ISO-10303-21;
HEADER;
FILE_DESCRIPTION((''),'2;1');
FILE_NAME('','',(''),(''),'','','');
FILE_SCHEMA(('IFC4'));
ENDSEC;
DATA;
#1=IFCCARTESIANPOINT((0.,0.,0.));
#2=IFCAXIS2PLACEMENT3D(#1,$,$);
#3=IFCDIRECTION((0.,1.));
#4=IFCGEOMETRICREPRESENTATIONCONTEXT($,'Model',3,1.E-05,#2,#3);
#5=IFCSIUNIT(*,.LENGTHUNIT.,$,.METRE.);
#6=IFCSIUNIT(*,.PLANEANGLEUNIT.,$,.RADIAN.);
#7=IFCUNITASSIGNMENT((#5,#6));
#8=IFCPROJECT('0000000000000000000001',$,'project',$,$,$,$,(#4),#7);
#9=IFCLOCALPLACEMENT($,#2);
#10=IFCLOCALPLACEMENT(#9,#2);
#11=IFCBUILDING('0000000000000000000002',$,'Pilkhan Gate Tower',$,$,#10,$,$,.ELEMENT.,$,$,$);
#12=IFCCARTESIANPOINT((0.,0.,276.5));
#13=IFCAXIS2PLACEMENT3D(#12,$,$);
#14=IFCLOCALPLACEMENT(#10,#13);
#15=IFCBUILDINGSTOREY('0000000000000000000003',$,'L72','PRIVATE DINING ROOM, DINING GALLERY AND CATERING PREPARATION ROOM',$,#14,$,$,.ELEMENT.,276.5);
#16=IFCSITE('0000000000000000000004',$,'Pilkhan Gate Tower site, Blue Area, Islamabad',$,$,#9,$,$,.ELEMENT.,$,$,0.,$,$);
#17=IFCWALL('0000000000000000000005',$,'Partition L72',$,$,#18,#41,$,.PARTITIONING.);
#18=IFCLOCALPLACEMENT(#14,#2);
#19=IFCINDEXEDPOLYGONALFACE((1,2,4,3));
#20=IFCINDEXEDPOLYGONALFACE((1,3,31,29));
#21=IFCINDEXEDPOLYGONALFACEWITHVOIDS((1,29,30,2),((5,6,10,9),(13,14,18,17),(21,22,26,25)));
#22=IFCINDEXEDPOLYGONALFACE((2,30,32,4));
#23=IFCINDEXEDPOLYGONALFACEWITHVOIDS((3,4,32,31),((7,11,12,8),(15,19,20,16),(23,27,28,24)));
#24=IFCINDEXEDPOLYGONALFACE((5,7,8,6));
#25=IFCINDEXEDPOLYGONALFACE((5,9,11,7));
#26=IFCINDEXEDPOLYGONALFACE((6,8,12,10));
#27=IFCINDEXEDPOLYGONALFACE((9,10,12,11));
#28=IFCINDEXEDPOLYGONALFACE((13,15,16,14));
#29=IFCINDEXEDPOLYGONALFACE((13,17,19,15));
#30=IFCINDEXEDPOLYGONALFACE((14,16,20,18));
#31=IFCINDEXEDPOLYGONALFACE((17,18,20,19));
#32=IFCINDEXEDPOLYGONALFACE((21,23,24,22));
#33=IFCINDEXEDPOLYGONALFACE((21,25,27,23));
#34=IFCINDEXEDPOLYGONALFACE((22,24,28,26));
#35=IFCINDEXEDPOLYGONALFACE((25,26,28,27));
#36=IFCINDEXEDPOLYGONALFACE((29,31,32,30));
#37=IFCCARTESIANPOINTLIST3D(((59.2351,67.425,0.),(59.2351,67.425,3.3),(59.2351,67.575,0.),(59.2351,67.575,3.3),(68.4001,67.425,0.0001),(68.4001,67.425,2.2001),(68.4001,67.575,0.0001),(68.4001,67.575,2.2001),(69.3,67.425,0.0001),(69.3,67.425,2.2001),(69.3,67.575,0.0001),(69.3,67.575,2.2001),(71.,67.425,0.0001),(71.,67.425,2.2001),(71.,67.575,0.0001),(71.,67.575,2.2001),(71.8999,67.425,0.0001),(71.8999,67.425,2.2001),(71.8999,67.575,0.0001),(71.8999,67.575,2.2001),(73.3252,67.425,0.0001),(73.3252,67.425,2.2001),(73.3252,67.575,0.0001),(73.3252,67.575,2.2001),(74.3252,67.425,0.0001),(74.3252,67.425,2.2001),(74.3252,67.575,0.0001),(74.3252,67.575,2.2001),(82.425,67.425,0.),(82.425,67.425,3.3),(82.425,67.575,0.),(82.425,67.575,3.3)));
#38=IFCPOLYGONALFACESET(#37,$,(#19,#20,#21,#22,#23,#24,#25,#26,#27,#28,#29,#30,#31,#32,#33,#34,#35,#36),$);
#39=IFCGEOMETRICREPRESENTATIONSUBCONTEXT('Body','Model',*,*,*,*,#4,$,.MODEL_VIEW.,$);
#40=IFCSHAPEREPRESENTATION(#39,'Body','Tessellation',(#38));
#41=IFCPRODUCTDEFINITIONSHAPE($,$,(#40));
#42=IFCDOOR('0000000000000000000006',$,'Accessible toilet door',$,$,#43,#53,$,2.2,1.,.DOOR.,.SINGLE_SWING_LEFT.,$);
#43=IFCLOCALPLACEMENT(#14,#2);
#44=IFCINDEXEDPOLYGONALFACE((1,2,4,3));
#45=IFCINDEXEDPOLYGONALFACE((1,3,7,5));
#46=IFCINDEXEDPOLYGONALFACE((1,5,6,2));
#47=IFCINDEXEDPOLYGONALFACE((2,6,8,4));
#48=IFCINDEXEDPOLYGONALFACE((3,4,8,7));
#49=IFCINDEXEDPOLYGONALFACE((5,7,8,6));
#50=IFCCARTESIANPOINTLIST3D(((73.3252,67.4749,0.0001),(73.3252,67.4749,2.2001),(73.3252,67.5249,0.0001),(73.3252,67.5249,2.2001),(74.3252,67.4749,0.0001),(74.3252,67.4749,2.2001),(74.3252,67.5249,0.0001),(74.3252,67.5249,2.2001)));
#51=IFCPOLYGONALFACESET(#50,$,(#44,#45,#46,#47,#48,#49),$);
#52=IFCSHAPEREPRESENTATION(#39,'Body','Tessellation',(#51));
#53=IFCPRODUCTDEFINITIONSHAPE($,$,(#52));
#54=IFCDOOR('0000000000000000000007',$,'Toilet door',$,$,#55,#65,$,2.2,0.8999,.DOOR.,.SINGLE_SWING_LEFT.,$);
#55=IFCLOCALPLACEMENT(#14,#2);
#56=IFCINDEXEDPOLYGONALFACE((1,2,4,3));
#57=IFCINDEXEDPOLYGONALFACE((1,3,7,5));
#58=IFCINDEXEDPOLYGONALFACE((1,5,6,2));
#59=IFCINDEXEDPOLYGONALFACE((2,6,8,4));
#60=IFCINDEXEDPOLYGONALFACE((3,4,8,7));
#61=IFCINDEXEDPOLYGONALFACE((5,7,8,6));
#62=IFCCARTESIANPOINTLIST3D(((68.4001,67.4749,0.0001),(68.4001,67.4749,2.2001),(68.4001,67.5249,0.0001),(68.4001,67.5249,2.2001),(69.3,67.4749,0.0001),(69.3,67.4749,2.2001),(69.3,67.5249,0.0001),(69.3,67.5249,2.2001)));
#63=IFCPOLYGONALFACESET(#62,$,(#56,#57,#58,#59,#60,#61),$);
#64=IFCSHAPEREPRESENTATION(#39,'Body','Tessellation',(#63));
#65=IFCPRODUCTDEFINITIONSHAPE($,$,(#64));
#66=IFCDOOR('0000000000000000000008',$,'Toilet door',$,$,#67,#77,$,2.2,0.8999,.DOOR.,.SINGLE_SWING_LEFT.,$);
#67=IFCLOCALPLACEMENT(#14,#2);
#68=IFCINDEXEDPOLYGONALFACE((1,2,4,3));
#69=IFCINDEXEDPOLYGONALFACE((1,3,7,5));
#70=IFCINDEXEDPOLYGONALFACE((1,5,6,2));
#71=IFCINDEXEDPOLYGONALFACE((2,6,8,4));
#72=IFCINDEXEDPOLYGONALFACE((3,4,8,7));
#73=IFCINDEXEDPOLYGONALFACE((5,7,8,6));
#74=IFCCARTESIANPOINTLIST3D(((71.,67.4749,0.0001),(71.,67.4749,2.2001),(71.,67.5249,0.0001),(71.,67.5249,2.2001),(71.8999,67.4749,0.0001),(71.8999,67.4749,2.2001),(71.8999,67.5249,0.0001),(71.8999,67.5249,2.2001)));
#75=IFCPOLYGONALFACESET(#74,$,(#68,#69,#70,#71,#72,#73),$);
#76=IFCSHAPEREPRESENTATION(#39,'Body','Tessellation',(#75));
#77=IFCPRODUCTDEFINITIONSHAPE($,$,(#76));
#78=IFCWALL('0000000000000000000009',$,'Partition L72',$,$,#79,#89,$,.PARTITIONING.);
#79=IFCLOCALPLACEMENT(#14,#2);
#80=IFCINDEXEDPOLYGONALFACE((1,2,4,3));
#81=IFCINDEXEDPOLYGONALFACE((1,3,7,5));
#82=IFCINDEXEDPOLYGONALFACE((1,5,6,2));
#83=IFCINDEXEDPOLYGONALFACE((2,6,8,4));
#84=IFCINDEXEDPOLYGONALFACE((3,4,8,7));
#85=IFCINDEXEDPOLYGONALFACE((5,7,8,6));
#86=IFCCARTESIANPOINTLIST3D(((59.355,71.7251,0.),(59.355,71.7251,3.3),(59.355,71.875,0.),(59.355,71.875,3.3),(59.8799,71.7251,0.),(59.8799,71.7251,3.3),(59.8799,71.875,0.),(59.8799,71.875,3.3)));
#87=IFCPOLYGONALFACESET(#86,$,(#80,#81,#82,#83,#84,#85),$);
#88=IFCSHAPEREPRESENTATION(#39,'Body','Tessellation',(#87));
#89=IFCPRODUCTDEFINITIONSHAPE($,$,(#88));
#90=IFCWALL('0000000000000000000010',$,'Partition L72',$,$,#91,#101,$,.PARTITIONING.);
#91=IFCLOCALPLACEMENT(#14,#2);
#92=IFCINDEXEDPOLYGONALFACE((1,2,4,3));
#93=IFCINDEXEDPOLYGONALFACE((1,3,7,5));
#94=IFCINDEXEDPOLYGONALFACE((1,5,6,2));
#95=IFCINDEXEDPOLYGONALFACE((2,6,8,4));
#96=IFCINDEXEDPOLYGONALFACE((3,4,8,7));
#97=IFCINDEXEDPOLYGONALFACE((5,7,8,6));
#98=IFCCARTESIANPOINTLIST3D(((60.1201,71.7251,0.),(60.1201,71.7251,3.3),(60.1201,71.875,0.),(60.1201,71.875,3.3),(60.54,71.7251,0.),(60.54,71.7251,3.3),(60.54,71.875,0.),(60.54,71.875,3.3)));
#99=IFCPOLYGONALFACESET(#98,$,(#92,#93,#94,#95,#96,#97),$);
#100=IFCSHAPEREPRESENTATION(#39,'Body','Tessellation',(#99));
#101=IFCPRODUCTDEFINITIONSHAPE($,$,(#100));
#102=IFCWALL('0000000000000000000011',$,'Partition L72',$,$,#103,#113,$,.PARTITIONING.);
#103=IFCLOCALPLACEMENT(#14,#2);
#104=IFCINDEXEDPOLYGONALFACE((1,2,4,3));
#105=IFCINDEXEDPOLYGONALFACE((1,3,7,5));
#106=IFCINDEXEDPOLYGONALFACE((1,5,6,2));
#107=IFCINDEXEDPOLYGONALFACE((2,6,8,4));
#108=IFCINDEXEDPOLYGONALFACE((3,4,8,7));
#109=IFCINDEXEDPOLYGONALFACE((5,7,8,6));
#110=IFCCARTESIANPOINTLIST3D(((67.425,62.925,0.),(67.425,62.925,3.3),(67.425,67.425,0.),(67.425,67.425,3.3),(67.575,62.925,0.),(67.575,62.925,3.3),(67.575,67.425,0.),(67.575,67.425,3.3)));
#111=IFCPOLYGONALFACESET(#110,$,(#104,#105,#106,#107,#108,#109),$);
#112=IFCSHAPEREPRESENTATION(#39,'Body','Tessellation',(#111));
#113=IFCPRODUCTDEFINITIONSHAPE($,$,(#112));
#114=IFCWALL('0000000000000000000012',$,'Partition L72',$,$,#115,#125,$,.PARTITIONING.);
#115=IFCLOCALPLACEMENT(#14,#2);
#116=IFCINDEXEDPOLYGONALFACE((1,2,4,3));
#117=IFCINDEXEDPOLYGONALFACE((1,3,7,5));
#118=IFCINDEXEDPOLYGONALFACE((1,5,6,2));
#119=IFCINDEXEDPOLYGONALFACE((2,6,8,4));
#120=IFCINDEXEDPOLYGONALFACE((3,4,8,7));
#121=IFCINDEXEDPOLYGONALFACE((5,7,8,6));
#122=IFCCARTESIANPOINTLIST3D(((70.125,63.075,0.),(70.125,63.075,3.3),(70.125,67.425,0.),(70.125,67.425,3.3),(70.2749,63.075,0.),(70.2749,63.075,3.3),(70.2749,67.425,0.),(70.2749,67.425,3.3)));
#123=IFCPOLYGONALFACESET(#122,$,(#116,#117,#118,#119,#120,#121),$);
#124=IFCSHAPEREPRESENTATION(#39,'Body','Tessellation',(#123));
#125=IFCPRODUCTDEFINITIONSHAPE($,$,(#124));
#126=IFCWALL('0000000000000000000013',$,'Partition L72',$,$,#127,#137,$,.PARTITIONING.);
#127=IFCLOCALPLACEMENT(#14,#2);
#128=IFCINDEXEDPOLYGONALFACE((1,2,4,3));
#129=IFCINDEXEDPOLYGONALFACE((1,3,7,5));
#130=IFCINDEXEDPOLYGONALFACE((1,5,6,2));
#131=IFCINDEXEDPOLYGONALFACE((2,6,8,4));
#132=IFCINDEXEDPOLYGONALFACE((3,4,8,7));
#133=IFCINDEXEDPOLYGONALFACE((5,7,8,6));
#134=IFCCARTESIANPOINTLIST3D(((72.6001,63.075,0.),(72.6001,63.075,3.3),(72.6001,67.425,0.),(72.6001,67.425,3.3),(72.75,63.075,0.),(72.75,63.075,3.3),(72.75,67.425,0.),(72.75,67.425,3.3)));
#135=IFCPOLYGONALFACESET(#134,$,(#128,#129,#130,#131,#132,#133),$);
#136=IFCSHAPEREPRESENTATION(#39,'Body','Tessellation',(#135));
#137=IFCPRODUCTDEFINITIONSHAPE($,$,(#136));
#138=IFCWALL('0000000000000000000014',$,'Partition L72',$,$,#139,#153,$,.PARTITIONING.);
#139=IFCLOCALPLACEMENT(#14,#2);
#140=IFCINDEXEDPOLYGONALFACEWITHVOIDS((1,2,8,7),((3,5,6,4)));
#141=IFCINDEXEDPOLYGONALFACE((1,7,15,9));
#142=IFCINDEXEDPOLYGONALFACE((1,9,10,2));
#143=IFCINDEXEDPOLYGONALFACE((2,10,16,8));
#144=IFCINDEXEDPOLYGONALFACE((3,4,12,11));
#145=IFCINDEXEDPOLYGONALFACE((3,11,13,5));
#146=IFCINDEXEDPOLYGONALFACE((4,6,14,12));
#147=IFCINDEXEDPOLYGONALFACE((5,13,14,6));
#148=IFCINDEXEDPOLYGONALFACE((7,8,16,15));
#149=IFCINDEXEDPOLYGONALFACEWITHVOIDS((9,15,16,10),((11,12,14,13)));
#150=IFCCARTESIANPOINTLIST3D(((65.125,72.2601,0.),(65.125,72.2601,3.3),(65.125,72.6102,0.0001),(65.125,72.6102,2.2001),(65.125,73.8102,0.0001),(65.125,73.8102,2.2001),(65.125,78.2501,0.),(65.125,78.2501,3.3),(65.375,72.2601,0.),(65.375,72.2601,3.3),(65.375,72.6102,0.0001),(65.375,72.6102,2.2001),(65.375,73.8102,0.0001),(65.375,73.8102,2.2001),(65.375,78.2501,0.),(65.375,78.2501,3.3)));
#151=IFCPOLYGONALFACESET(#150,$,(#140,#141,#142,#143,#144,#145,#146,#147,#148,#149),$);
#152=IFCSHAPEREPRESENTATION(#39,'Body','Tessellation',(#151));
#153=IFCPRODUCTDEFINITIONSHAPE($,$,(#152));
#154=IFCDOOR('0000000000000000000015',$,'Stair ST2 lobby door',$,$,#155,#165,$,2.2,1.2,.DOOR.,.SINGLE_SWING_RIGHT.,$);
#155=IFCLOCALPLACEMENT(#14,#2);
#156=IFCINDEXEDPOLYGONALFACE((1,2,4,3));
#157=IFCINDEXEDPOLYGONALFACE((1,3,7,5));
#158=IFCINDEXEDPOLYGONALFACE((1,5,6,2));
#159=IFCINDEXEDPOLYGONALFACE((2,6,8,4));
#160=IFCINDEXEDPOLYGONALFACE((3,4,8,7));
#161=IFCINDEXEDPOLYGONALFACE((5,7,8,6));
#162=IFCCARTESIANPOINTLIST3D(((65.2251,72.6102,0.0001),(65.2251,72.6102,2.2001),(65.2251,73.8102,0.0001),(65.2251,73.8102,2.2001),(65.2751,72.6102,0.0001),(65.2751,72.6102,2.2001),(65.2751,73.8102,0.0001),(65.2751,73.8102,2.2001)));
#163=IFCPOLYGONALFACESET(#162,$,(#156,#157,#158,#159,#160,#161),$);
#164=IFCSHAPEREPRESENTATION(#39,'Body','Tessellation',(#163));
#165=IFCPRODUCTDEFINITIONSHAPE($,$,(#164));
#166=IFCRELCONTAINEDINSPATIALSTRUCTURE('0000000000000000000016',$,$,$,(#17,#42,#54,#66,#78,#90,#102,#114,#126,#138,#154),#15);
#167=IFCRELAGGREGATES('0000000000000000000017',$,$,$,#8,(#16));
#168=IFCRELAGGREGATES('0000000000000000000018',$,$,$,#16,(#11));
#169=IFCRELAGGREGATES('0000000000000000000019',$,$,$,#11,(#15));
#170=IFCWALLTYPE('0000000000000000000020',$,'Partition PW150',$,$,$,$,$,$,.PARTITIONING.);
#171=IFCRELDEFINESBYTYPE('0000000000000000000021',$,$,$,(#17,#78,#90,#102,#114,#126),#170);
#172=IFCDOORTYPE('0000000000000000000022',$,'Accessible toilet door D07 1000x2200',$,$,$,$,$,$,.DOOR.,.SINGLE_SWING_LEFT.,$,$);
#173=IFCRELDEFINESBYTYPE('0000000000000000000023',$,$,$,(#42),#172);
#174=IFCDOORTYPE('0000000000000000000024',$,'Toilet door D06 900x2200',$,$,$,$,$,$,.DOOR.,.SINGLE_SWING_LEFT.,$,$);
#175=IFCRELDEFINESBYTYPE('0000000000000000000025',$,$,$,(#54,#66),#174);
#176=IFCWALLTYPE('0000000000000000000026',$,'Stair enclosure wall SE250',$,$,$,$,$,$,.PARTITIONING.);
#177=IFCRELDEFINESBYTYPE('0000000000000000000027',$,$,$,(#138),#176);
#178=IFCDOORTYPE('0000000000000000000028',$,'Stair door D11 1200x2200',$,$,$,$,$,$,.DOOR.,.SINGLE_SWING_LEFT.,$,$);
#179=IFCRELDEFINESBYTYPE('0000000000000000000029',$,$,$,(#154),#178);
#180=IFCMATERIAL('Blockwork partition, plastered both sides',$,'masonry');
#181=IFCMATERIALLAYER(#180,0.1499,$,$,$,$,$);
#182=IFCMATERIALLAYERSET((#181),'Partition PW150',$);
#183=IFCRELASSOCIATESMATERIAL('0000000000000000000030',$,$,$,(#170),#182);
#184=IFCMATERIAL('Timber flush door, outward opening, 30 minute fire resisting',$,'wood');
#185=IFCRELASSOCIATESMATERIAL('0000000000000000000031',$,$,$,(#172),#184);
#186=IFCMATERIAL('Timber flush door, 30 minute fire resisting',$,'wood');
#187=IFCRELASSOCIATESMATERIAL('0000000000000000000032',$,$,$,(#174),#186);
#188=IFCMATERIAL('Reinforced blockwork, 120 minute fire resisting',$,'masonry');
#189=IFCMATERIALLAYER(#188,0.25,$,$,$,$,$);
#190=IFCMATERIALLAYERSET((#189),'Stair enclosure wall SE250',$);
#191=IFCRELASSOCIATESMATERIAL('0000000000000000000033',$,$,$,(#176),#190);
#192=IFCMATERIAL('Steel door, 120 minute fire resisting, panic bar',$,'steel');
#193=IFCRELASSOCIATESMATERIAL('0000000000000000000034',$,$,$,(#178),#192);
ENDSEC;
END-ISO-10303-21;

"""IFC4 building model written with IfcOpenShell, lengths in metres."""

from ifc_helpers import new_model, si_unit, direction, frame, frame_2d, origin, place, context, subcontext, project, spatial, rectangle, extrude, material, layer, layer_set, type_object, element, fill, save


model = new_model("IFC4")

# Units and contexts
model_context = context("Model", 3, precision=1e-05, world=origin(), true_north=direction((0.0, 1.0)))
body_context = subcontext(model_context, "Body", "Model", "MODEL_VIEW")
ifc_project = project(units=[si_unit("LENGTHUNIT", "METRE"), si_unit("PLANEANGLEUNIT", "RADIAN")], contexts=[model_context])

# Site, building, storey
site_placement = place(None, origin())
site = spatial("IfcSite", under=ifc_project, at=site_placement, Name="Pilkhan Gate Tower site, Blue Area, Islamabad", CompositionType="ELEMENT", RefElevation=0.0)
building_placement = place(site_placement, origin())
building = spatial("IfcBuilding", under=site, at=building_placement, Name="Pilkhan Gate Tower", CompositionType="ELEMENT")
storey_placement = place(building_placement, frame((0.0, 0.0, 276.5)))
storey = spatial("IfcBuildingStorey", under=building, at=storey_placement, Name="L72", Description="PRIVATE DINING ROOM, DINING GALLERY AND CATERING PREPARATION ROOM", CompositionType="ELEMENT", Elevation=276.5)

# Shared definitions
ifc_material_1 = material(Name="Blockwork partition, plastered both sides", Category="masonry")
ifc_layer_1 = layer(ifc_material_1, 0.1499)
ifc_layer_set_1 = layer_set([ifc_layer_1], Name="Partition PW150")
wall_type_1 = type_object("IfcWallType", Name="Partition PW150", PredefinedType="PARTITIONING", material=ifc_layer_set_1)

# Wall, openings, doors
wall_1_placement = place(storey_placement, frame((59.2351, 67.5, 0.0), z_axis=(0.0, 0.0, 1.0), x_axis=(1.0, 0.0, 0.0)))
wall_1 = element("IfcWall", 1, at=wall_1_placement, inside=storey, type_object=wall_type_1, Name="Partition L72", PredefinedType="PARTITIONING", context=body_context, shape_type="SweptSolid", body=[
    extrude(rectangle(XDim=23.1899, YDim=0.1499, at=frame_2d((11.595, 0.0))), origin(), (0.0, 0.0, 1.0), 3.3),
])
opening_1_placement = place(wall_1_placement, frame((9.165, 0.0, 0.0)))
opening_1 = element("IfcOpeningElement", 2, at=opening_1_placement, cuts=wall_1, PredefinedType="OPENING", context=body_context, shape_type="SweptSolid", body=[
    extrude(rectangle(XDim=0.8999, YDim=2.2, at=frame_2d((0.45, 1.1001))), frame((0.0, 0.085, 0.0), z_axis=(0.0, -1.0, 0.0), x_axis=(1.0, 0.0, 0.0)), (0.0, 0.0, 1.0), 0.1699),
])
opening_2_placement = place(wall_1_placement, frame((11.7649, 0.0, 0.0)))
opening_2 = element("IfcOpeningElement", 3, at=opening_2_placement, cuts=wall_1, PredefinedType="OPENING", context=body_context, shape_type="SweptSolid", body=[
    extrude(rectangle(XDim=0.8999, YDim=2.2, at=frame_2d((0.45, 1.1001))), frame((0.0, 0.085, 0.0), z_axis=(0.0, -1.0, 0.0), x_axis=(1.0, 0.0, 0.0)), (0.0, 0.0, 1.0), 0.1699),
])
opening_3_placement = place(wall_1_placement, frame((14.0901, 0.0, 0.0)))
opening_3 = element("IfcOpeningElement", 4, at=opening_3_placement, cuts=wall_1, PredefinedType="OPENING", context=body_context, shape_type="SweptSolid", body=[
    extrude(rectangle(XDim=1.0, YDim=2.2, at=frame_2d((0.5, 1.1001))), frame((0.0, 0.085, 0.0), z_axis=(0.0, -1.0, 0.0), x_axis=(1.0, 0.0, 0.0)), (0.0, 0.0, 1.0), 0.1699),
])
ifc_material_2 = material(Name="Timber flush door, outward opening, 30 minute fire resisting", Category="wood")
door_type_1 = type_object("IfcDoorType", Name="Accessible toilet door D07 1000x2200", OperationType="SINGLE_SWING_LEFT", PredefinedType="DOOR", material=ifc_material_2)
door_1_placement = place(opening_3_placement, origin())
door_1 = element("IfcDoor", 5, at=door_1_placement, inside=storey, type_object=door_type_1, Name="Accessible toilet door", OperationType="SINGLE_SWING_LEFT", OverallHeight=2.2, OverallWidth=1.0, PredefinedType="DOOR", context=body_context, shape_type="SweptSolid", body=[
    extrude(rectangle(XDim=1.0, YDim=2.2, at=frame_2d((0.5, 1.1001))), frame((0.0, 0.0249, 0.0), z_axis=(0.0, -1.0, 0.0), x_axis=(1.0, 0.0, 0.0)), (0.0, 0.0, 1.0), 0.05),
])
fill(opening_3, door_1)
ifc_material_3 = material(Name="Timber flush door, 30 minute fire resisting", Category="wood")
door_type_2 = type_object("IfcDoorType", Name="Toilet door D06 900x2200", OperationType="SINGLE_SWING_LEFT", PredefinedType="DOOR", material=ifc_material_3)
door_2_placement = place(opening_1_placement, origin())
door_2 = element("IfcDoor", 6, at=door_2_placement, inside=storey, type_object=door_type_2, Name="Toilet door", OperationType="SINGLE_SWING_LEFT", OverallHeight=2.2, OverallWidth=0.8999, PredefinedType="DOOR", context=body_context, shape_type="SweptSolid", body=[
    extrude(rectangle(XDim=0.8999, YDim=2.2, at=frame_2d((0.45, 1.1001))), frame((0.0, 0.0249, 0.0), z_axis=(0.0, -1.0, 0.0), x_axis=(1.0, 0.0, 0.0)), (0.0, 0.0, 1.0), 0.05),
])
fill(opening_1, door_2)
door_3_placement = place(opening_2_placement, origin())
door_3 = element("IfcDoor", 7, at=door_3_placement, inside=storey, type_object=door_type_2, Name="Toilet door", OperationType="SINGLE_SWING_LEFT", OverallHeight=2.2, OverallWidth=0.8999, PredefinedType="DOOR", context=body_context, shape_type="SweptSolid", body=[
    extrude(rectangle(XDim=0.8999, YDim=2.2, at=frame_2d((0.45, 1.1001))), frame((0.0, 0.0249, 0.0), z_axis=(0.0, -1.0, 0.0), x_axis=(1.0, 0.0, 0.0)), (0.0, 0.0, 1.0), 0.05),
])
fill(opening_2, door_3)

# Walls
wall_2_placement = place(storey_placement, frame((59.355, 71.8, 0.0), z_axis=(0.0, 0.0, 1.0), x_axis=(1.0, 0.0, 0.0)))
element("IfcWall", 8, at=wall_2_placement, inside=storey, type_object=wall_type_1, Name="Partition L72", PredefinedType="PARTITIONING", context=body_context, shape_type="SweptSolid", body=[
    extrude(rectangle(XDim=0.5249, YDim=0.1499, at=frame_2d((0.2625, 0.0))), origin(), (0.0, 0.0, 1.0), 3.3),
])
wall_3_placement = place(storey_placement, frame((60.1201, 71.8, 0.0), z_axis=(0.0, 0.0, 1.0), x_axis=(1.0, 0.0, 0.0)))
element("IfcWall", 9, at=wall_3_placement, inside=storey, type_object=wall_type_1, Name="Partition L72", PredefinedType="PARTITIONING", context=body_context, shape_type="SweptSolid", body=[
    extrude(rectangle(XDim=0.4199, YDim=0.1499, at=frame_2d((0.21, 0.0))), origin(), (0.0, 0.0, 1.0), 3.3),
])
wall_4_placement = place(storey_placement, frame((67.5, 62.925, 0.0), z_axis=(0.0, 0.0, 1.0), x_axis=(0.0, 1.0, 0.0)))
element("IfcWall", 10, at=wall_4_placement, inside=storey, type_object=wall_type_1, Name="Partition L72", PredefinedType="PARTITIONING", context=body_context, shape_type="SweptSolid", body=[
    extrude(rectangle(XDim=4.5, YDim=0.1499, at=frame_2d((2.25, 0.0))), origin(), (0.0, 0.0, 1.0), 3.3),
])
for number, where, z_axis, x_axis, name in (
    (11, (70.2, 63.075, 0.0), (0.0, 0.0, 1.0), (0.0, 1.0, 0.0), "Partition L72"),
    (12, (72.675, 63.075, 0.0), (0.0, 0.0, 1.0), (0.0, 1.0, 0.0), "Partition L72"),
):
    element("IfcWall", number, at=place(storey_placement, frame(where, z_axis=z_axis, x_axis=x_axis)), inside=storey, type_object=wall_type_1, Name=name, PredefinedType="PARTITIONING", context=body_context, shape_type="SweptSolid", body=[
        extrude(rectangle(XDim=4.3501, YDim=0.1499, at=frame_2d((2.175, 0.0))), origin(), (0.0, 0.0, 1.0), 3.3),
    ])

# Wall, opening, door
ifc_material_4 = material(Name="Reinforced blockwork, 120 minute fire resisting", Category="masonry")
ifc_layer_2 = layer(ifc_material_4, 0.25)
ifc_layer_set_2 = layer_set([ifc_layer_2], Name="Stair enclosure wall SE250")
wall_type_2 = type_object("IfcWallType", Name="Stair enclosure wall SE250", PredefinedType="PARTITIONING", material=ifc_layer_set_2)
wall_5_placement = place(storey_placement, frame((65.25, 72.26, 0.0), z_axis=(0.0, 0.0, 1.0), x_axis=(0.0, 1.0, 0.0)))
wall_5 = element("IfcWall", 13, at=wall_5_placement, inside=storey, type_object=wall_type_2, Name="Partition L72", PredefinedType="PARTITIONING", context=body_context, shape_type="SweptSolid", body=[
    extrude(rectangle(XDim=5.99, YDim=0.25, at=frame_2d((2.9951, 0.0))), origin(), (0.0, 0.0, 1.0), 3.3),
])
opening_4_placement = place(wall_5_placement, frame((0.3501, 0.0, 0.0)))
opening_4 = element("IfcOpeningElement", 14, at=opening_4_placement, cuts=wall_5, PredefinedType="OPENING", context=body_context, shape_type="SweptSolid", body=[
    extrude(rectangle(XDim=1.2, YDim=2.2, at=frame_2d((0.6001, 1.1001))), frame((0.0, 0.135, 0.0), z_axis=(0.0, -1.0, 0.0), x_axis=(1.0, 0.0, 0.0)), (0.0, 0.0, 1.0), 0.27),
])
ifc_material_5 = material(Name="Steel door, 120 minute fire resisting, panic bar", Category="steel")
door_type_3 = type_object("IfcDoorType", Name="Stair door D11 1200x2200", OperationType="SINGLE_SWING_LEFT", PredefinedType="DOOR", material=ifc_material_5)
door_4_placement = place(opening_4_placement, origin())
door_4 = element("IfcDoor", 15, at=door_4_placement, inside=storey, type_object=door_type_3, Name="Stair ST2 lobby door", OperationType="SINGLE_SWING_RIGHT", OverallHeight=2.2, OverallWidth=1.2, PredefinedType="DOOR", context=body_context, shape_type="SweptSolid", body=[
    extrude(rectangle(XDim=1.2, YDim=2.2, at=frame_2d((0.6001, 1.1001))), frame((0.0, 0.0249, 0.0), z_axis=(0.0, -1.0, 0.0), x_axis=(1.0, 0.0, 0.0)), (0.0, 0.0, 1.0), 0.05),
])
fill(opening_4, door_4)

save(model, "model.ifc")
